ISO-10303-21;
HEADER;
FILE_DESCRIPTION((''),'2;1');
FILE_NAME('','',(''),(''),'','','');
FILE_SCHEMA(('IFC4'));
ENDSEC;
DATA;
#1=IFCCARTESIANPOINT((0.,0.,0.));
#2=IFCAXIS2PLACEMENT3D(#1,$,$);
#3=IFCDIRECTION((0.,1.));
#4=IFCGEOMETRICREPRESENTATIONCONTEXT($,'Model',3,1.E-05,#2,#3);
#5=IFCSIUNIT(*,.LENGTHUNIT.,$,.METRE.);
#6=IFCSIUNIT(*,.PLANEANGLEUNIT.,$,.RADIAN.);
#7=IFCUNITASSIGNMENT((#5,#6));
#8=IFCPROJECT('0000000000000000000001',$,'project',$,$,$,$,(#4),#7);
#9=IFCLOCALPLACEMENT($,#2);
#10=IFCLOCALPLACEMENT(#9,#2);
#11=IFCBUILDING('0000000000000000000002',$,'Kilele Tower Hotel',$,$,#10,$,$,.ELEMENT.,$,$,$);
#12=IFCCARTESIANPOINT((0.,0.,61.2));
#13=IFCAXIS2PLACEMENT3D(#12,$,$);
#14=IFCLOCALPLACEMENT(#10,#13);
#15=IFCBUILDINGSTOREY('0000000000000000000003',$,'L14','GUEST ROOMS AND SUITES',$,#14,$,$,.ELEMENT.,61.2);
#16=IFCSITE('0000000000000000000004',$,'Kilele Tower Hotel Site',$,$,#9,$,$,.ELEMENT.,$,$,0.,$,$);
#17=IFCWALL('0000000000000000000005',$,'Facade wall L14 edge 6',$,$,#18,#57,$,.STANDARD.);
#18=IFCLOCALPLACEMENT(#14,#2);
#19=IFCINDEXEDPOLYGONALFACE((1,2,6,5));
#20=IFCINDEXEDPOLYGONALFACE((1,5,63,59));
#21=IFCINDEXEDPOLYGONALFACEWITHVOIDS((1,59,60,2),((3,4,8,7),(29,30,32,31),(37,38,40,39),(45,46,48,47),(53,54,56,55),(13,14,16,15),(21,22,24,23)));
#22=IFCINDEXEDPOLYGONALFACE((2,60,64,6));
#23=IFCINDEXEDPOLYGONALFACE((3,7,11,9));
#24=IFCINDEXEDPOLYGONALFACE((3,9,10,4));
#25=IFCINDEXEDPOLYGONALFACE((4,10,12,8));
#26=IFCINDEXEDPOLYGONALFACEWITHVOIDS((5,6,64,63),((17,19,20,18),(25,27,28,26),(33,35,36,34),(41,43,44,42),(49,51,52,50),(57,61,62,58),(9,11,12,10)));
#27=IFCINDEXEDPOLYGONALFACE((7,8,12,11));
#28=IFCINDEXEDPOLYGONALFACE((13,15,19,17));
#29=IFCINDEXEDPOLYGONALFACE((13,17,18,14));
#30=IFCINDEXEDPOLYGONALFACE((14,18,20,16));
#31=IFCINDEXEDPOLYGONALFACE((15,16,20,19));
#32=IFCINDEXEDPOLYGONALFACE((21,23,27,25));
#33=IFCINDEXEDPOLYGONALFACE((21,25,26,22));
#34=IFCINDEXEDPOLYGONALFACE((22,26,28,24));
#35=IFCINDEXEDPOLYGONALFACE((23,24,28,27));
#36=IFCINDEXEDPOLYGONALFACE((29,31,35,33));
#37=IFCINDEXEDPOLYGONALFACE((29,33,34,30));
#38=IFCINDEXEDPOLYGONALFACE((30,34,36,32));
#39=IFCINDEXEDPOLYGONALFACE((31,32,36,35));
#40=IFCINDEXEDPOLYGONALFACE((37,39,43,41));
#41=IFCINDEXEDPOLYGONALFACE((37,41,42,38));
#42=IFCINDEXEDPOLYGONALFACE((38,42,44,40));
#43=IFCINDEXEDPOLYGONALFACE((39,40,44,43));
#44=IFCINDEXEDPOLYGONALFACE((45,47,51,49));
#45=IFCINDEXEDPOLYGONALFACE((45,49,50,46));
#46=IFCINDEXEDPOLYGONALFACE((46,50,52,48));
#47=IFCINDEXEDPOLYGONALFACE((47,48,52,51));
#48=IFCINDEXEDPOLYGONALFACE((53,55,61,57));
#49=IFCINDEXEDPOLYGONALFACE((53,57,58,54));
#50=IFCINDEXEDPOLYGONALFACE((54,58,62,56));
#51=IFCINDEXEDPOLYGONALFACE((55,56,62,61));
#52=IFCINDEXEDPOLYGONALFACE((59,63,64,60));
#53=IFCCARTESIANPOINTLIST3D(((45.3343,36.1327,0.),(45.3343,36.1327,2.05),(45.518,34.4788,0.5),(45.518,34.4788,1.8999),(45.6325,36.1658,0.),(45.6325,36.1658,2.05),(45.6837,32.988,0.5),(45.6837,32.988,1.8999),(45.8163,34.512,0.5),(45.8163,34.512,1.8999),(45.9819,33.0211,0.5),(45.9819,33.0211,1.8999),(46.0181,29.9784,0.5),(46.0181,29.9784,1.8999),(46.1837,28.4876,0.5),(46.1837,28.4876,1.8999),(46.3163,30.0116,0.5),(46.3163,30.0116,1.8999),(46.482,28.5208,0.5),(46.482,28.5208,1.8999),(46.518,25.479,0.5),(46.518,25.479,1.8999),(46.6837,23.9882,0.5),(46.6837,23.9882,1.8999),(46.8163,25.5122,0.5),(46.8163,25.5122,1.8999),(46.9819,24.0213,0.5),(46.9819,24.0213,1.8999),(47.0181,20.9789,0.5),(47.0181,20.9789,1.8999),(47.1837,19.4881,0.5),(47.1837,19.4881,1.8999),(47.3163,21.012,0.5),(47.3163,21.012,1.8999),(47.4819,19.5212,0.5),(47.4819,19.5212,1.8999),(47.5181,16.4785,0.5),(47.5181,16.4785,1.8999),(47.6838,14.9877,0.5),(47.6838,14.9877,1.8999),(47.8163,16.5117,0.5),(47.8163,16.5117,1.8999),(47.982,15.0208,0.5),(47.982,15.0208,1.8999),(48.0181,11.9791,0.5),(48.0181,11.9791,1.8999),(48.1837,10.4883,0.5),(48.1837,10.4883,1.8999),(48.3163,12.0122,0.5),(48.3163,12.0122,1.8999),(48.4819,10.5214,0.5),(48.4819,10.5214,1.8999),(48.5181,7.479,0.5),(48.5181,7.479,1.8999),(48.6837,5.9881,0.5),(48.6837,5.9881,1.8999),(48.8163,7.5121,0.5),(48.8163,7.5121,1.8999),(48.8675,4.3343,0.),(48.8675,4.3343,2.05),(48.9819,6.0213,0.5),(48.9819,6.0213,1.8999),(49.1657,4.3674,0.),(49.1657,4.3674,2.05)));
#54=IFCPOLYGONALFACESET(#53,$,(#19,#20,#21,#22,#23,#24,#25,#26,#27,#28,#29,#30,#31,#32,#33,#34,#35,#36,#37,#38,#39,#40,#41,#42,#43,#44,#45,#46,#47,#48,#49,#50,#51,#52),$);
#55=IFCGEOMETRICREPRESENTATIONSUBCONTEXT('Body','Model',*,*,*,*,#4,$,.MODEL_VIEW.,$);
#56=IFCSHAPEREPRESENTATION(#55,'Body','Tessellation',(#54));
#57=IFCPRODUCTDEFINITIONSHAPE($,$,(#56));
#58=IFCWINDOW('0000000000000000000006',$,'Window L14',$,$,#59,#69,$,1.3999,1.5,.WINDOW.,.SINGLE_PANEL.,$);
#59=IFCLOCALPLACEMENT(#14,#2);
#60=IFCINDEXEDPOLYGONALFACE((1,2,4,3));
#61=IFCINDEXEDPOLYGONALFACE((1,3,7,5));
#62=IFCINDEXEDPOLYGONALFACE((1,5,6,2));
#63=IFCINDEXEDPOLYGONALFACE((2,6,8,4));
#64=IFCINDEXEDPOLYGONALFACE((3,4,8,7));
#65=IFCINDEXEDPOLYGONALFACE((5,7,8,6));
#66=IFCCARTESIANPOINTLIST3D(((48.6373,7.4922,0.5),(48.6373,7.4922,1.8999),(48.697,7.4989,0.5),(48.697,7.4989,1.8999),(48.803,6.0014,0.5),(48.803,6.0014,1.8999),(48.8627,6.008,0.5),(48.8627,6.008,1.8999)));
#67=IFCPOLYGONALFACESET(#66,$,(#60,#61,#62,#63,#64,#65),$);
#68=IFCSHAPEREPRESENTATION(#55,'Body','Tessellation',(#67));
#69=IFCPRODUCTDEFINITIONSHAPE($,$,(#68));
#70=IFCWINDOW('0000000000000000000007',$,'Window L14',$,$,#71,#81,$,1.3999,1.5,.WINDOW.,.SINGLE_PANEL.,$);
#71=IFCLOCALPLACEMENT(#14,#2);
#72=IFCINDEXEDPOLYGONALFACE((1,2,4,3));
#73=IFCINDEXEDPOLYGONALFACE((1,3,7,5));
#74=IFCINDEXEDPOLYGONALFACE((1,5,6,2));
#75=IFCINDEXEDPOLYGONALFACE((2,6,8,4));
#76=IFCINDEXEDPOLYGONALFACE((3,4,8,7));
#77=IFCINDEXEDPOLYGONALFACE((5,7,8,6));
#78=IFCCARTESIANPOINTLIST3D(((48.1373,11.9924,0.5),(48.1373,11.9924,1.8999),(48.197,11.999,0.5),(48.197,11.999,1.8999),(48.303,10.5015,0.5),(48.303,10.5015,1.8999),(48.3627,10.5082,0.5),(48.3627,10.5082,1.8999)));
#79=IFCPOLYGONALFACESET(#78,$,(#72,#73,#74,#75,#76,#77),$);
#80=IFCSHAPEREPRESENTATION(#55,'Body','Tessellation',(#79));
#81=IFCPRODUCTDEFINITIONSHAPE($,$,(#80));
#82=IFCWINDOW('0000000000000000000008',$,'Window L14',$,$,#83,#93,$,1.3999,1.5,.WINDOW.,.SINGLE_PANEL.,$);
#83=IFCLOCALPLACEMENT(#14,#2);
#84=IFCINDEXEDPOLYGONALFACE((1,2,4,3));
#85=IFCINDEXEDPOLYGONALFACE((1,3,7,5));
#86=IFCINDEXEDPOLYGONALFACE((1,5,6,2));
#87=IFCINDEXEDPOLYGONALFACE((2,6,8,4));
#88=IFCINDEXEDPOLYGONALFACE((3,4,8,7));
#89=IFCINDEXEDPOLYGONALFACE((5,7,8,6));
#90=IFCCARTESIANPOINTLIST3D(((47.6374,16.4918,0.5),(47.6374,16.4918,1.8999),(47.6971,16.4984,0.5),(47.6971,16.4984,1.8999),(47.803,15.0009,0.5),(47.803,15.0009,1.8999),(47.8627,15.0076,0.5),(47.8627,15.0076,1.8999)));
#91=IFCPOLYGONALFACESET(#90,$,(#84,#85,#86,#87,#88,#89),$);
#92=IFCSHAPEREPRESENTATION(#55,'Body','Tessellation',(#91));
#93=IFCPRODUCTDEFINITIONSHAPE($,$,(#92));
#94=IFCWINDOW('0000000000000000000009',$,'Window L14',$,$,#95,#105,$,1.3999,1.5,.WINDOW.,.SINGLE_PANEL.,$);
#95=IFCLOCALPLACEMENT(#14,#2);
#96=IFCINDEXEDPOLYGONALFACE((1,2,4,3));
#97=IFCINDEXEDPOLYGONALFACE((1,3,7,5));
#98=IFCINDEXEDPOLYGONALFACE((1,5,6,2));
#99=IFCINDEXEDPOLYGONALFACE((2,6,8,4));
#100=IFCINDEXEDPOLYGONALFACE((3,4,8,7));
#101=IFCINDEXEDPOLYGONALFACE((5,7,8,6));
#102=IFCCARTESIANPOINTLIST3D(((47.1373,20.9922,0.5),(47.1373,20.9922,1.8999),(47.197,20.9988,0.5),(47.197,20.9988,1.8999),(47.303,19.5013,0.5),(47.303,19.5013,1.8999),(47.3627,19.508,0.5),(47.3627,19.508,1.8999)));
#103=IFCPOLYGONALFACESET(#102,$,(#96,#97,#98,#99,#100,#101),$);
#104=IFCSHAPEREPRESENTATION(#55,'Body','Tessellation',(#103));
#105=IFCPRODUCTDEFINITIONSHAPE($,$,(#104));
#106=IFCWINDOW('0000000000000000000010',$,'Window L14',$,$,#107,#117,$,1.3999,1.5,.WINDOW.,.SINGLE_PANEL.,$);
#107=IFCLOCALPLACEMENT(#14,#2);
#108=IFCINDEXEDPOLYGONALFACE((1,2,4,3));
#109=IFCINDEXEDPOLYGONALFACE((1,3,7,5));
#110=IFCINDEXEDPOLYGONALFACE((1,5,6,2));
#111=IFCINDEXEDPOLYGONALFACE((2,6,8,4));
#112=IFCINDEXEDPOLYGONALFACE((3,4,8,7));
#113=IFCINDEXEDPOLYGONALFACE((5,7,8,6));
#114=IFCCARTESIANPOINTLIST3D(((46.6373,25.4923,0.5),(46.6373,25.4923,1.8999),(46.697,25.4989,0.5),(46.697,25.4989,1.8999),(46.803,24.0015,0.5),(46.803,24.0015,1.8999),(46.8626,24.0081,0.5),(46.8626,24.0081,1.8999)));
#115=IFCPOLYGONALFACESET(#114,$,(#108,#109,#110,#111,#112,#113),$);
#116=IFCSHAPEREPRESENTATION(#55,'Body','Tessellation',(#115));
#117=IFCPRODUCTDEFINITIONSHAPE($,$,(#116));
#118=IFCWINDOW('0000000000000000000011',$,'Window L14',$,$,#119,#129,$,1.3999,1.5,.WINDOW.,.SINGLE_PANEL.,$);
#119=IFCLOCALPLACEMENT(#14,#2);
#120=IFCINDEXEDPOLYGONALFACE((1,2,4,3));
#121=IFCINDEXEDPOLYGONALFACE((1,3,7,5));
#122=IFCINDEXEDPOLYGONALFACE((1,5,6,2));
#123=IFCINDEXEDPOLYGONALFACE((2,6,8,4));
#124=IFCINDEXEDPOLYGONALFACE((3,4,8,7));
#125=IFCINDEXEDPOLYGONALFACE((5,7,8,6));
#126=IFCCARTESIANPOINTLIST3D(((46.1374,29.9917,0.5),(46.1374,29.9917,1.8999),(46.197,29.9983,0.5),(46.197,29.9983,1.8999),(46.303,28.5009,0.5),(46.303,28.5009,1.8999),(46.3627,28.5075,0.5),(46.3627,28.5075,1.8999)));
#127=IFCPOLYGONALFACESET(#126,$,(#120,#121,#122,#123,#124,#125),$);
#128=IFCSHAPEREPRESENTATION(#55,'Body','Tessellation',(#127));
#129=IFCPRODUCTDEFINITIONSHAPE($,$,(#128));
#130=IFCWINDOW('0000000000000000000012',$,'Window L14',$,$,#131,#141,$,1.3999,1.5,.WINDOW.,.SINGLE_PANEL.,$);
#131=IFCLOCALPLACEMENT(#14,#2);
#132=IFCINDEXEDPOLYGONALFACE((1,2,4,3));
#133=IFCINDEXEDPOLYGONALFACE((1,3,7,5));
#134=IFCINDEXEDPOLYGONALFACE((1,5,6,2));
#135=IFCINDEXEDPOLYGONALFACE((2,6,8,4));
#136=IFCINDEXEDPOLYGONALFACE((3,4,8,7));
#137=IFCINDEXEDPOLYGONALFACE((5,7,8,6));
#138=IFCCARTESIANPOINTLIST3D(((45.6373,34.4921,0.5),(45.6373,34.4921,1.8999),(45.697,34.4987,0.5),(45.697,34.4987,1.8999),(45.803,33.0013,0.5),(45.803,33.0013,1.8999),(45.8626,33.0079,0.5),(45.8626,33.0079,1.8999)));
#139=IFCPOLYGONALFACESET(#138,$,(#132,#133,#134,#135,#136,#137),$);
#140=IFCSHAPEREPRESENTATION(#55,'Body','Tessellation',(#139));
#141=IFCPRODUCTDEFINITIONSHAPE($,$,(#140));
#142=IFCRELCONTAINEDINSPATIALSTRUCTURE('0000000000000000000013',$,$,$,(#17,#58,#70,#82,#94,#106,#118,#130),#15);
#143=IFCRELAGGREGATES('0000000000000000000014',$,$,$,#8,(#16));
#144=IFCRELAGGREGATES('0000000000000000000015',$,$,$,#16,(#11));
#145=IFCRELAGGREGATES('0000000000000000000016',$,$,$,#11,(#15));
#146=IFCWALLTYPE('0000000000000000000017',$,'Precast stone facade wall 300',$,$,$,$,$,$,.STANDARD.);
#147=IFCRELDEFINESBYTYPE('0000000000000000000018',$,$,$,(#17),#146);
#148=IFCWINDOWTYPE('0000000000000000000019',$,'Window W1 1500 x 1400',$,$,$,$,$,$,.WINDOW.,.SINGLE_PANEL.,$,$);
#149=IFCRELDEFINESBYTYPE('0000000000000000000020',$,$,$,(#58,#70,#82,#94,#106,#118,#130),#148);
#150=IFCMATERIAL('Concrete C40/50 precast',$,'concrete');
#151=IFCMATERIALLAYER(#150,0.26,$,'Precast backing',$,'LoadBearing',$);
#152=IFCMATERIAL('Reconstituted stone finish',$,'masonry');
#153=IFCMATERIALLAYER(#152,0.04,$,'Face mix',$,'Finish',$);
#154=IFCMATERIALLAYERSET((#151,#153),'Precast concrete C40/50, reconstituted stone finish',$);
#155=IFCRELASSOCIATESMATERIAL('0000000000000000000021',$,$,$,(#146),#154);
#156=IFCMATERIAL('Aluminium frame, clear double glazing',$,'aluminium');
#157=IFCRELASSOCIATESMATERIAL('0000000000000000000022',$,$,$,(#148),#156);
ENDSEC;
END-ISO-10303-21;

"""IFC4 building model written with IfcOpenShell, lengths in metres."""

from ifc_helpers import new_model, si_unit, direction, frame, frame_2d, origin, place, context, subcontext, project, spatial, rectangle, extrude, material, layer, layer_set, type_object, element, fill, save


model = new_model("IFC4")

# Units and contexts
model_context = context("Model", 3, precision=1e-05, world=origin(), true_north=direction((0.0, 1.0)))
body_context = subcontext(model_context, "Body", "Model", "MODEL_VIEW")
ifc_project = project(units=[si_unit("LENGTHUNIT", "METRE"), si_unit("PLANEANGLEUNIT", "RADIAN")], contexts=[model_context])

# Site, building, storey
site_placement = place(None, origin())
site = spatial("IfcSite", under=ifc_project, at=site_placement, Name="Kilele Tower Hotel Site", CompositionType="ELEMENT", RefElevation=0.0)
building_placement = place(site_placement, origin())
building = spatial("IfcBuilding", under=site, at=building_placement, Name="Kilele Tower Hotel", CompositionType="ELEMENT")
storey_placement = place(building_placement, frame((0.0, 0.0, 61.2)))
storey = spatial("IfcBuildingStorey", under=building, at=storey_placement, Name="L14", Description="GUEST ROOMS AND SUITES", CompositionType="ELEMENT", Elevation=61.2)

# Shared definitions
ifc_material_1 = material(Name="Concrete C40/50 precast", Category="concrete")
ifc_layer_1 = layer(ifc_material_1, 0.26, Name="Precast backing", Category="LoadBearing")
ifc_material_2 = material(Name="Reconstituted stone finish", Category="masonry")
ifc_layer_2 = layer(ifc_material_2, 0.04, Name="Face mix", Category="Finish")
ifc_layer_set_1 = layer_set([ifc_layer_1, ifc_layer_2], Name="Precast concrete C40/50, reconstituted stone finish")
wall_type_1 = type_object("IfcWallType", Name="Precast stone facade wall 300", PredefinedType="STANDARD", material=ifc_layer_set_1)
ifc_material_3 = material(Name="Aluminium frame, clear double glazing", Category="aluminium")
window_type = type_object("IfcWindowType", Name="Window W1 1500 x 1400", PartitioningType="SINGLE_PANEL", PredefinedType="WINDOW", material=ifc_material_3)

# Wall, openings, windows
wall_1_placement = place(storey_placement, frame((49.0166, 4.3508, 0.0), z_axis=(0.0, 0.0, 1.0), x_axis=(-0.110433, 0.993884, 0.0)))
wall_1 = element("IfcWall", 1, at=wall_1_placement, inside=storey, type_object=wall_type_1, Name="Facade wall L14 edge 6", PredefinedType="STANDARD", context=body_context, shape_type="SweptSolid", body=[
    extrude(rectangle(XDim=31.9941, YDim=0.3, at=frame_2d((15.9971, 0.0))), origin(), (0.0, 0.0, 1.0), 2.05),
])
opening_1_placement = place(wall_1_placement, frame((1.6641, 0.0, 0.5)))
opening_1 = element("IfcOpeningElement", 2, at=opening_1_placement, cuts=wall_1, PredefinedType="OPENING", context=body_context, shape_type="SweptSolid", body=[
    extrude(rectangle(XDim=1.5, YDim=1.3999, at=frame_2d((0.75, 0.7))), frame((0.0, 0.1599, 0.0), z_axis=(0.0, -1.0, 0.0), x_axis=(1.0, 0.0, 0.0)), (0.0, 0.0, 1.0), 0.3201),
])
opening_2_placement = place(wall_1_placement, frame((6.1919, 0.0, 0.5)))
opening_2 = element("IfcOpeningElement", 3, at=opening_2_placement, cuts=wall_1, PredefinedType="OPENING", context=body_context, shape_type="SweptSolid", body=[
    extrude(rectangle(XDim=1.5, YDim=1.3999, at=frame_2d((0.75, 0.7))), frame((0.0, 0.1599, 0.0), z_axis=(0.0, -1.0, 0.0), x_axis=(1.0, 0.0, 0.0)), (0.0, 0.0, 1.0), 0.3201),
])
opening_3_placement = place(wall_1_placement, frame((10.719, 0.0, 0.5)))
opening_3 = element("IfcOpeningElement", 4, at=opening_3_placement, cuts=wall_1, PredefinedType="OPENING", context=body_context, shape_type="SweptSolid", body=[
    extrude(rectangle(XDim=1.5, YDim=1.3999, at=frame_2d((0.75, 0.7))), frame((0.0, 0.1599, 0.0), z_axis=(0.0, -1.0, 0.0), x_axis=(1.0, 0.0, 0.0)), (0.0, 0.0, 1.0), 0.3201),
])
opening_4_placement = place(wall_1_placement, frame((15.2471, 0.0, 0.5)))
opening_4 = element("IfcOpeningElement", 5, at=opening_4_placement, cuts=wall_1, PredefinedType="OPENING", context=body_context, shape_type="SweptSolid", body=[
    extrude(rectangle(XDim=1.5, YDim=1.3999, at=frame_2d((0.75, 0.7))), frame((0.0, 0.1599, 0.0), z_axis=(0.0, -1.0, 0.0), x_axis=(1.0, 0.0, 0.0)), (0.0, 0.0, 1.0), 0.3201),
])
opening_5_placement = place(wall_1_placement, frame((19.7749, 0.0, 0.5)))
opening_5 = element("IfcOpeningElement", 6, at=opening_5_placement, cuts=wall_1, PredefinedType="OPENING", context=body_context, shape_type="SweptSolid", body=[
    extrude(rectangle(XDim=1.5, YDim=1.3999, at=frame_2d((0.75, 0.7))), frame((0.0, 0.1599, 0.0), z_axis=(0.0, -1.0, 0.0), x_axis=(1.0, 0.0, 0.0)), (0.0, 0.0, 1.0), 0.3201),
])
opening_6_placement = place(wall_1_placement, frame((24.302, 0.0, 0.5)))
opening_6 = element("IfcOpeningElement", 7, at=opening_6_placement, cuts=wall_1, PredefinedType="OPENING", context=body_context, shape_type="SweptSolid", body=[
    extrude(rectangle(XDim=1.5, YDim=1.3999, at=frame_2d((0.75, 0.7))), frame((0.0, 0.1599, 0.0), z_axis=(0.0, -1.0, 0.0), x_axis=(1.0, 0.0, 0.0)), (0.0, 0.0, 1.0), 0.3201),
])
opening_7_placement = place(wall_1_placement, frame((28.8301, 0.0, 0.5)))
opening_7 = element("IfcOpeningElement", 8, at=opening_7_placement, cuts=wall_1, PredefinedType="OPENING", context=body_context, shape_type="SweptSolid", body=[
    extrude(rectangle(XDim=1.5, YDim=1.3999, at=frame_2d((0.75, 0.7))), frame((0.0, 0.1599, 0.0), z_axis=(0.0, -1.0, 0.0), x_axis=(1.0, 0.0, 0.0)), (0.0, 0.0, 1.0), 0.3201),
])
window_1_placement = place(opening_1_placement, origin())
window_1 = element("IfcWindow", 9, at=window_1_placement, inside=storey, type_object=window_type, Name="Window L14", OverallHeight=1.3999, OverallWidth=1.5, PartitioningType="SINGLE_PANEL", PredefinedType="WINDOW", context=body_context, shape_type="SweptSolid", body=[
    extrude(rectangle(XDim=1.5, YDim=1.3999, at=frame_2d((0.75, 0.7))), frame((0.0, 0.03, 0.0), z_axis=(0.0, -1.0, 0.0), x_axis=(1.0, 0.0, 0.0)), (0.0, 0.0, 1.0), 0.0601),
])
fill(opening_1, window_1)
window_2_placement = place(opening_2_placement, origin())
window_2 = element("IfcWindow", 10, at=window_2_placement, inside=storey, type_object=window_type, Name="Window L14", OverallHeight=1.3999, OverallWidth=1.5, PartitioningType="SINGLE_PANEL", PredefinedType="WINDOW", context=body_context, shape_type="SweptSolid", body=[
    extrude(rectangle(XDim=1.5, YDim=1.3999, at=frame_2d((0.75, 0.7))), frame((0.0, 0.03, 0.0), z_axis=(0.0, -1.0, 0.0), x_axis=(1.0, 0.0, 0.0)), (0.0, 0.0, 1.0), 0.0601),
])
fill(opening_2, window_2)
window_3_placement = place(opening_3_placement, origin())
window_3 = element("IfcWindow", 11, at=window_3_placement, inside=storey, type_object=window_type, Name="Window L14", OverallHeight=1.3999, OverallWidth=1.5, PartitioningType="SINGLE_PANEL", PredefinedType="WINDOW", context=body_context, shape_type="SweptSolid", body=[
    extrude(rectangle(XDim=1.5, YDim=1.3999, at=frame_2d((0.75, 0.7))), frame((0.0, 0.03, 0.0), z_axis=(0.0, -1.0, 0.0), x_axis=(1.0, 0.0, 0.0)), (0.0, 0.0, 1.0), 0.0601),
])
fill(opening_3, window_3)
window_4_placement = place(opening_4_placement, origin())
window_4 = element("IfcWindow", 12, at=window_4_placement, inside=storey, type_object=window_type, Name="Window L14", OverallHeight=1.3999, OverallWidth=1.5, PartitioningType="SINGLE_PANEL", PredefinedType="WINDOW", context=body_context, shape_type="SweptSolid", body=[
    extrude(rectangle(XDim=1.5, YDim=1.3999, at=frame_2d((0.75, 0.7))), frame((0.0, 0.03, 0.0), z_axis=(0.0, -1.0, 0.0), x_axis=(1.0, 0.0, 0.0)), (0.0, 0.0, 1.0), 0.0601),
])
fill(opening_4, window_4)
window_5_placement = place(opening_5_placement, origin())
window_5 = element("IfcWindow", 13, at=window_5_placement, inside=storey, type_object=window_type, Name="Window L14", OverallHeight=1.3999, OverallWidth=1.5, PartitioningType="SINGLE_PANEL", PredefinedType="WINDOW", context=body_context, shape_type="SweptSolid", body=[
    extrude(rectangle(XDim=1.5, YDim=1.3999, at=frame_2d((0.75, 0.7))), frame((0.0, 0.03, 0.0), z_axis=(0.0, -1.0, 0.0), x_axis=(1.0, 0.0, 0.0)), (0.0, 0.0, 1.0), 0.0601),
])
fill(opening_5, window_5)
window_6_placement = place(opening_6_placement, origin())
window_6 = element("IfcWindow", 14, at=window_6_placement, inside=storey, type_object=window_type, Name="Window L14", OverallHeight=1.3999, OverallWidth=1.5, PartitioningType="SINGLE_PANEL", PredefinedType="WINDOW", context=body_context, shape_type="SweptSolid", body=[
    extrude(rectangle(XDim=1.5, YDim=1.3999, at=frame_2d((0.75, 0.7))), frame((0.0, 0.03, 0.0), z_axis=(0.0, -1.0, 0.0), x_axis=(1.0, 0.0, 0.0)), (0.0, 0.0, 1.0), 0.0601),
])
fill(opening_6, window_6)
window_7_placement = place(opening_7_placement, origin())
window_7 = element("IfcWindow", 15, at=window_7_placement, inside=storey, type_object=window_type, Name="Window L14", OverallHeight=1.3999, OverallWidth=1.5, PartitioningType="SINGLE_PANEL", PredefinedType="WINDOW", context=body_context, shape_type="SweptSolid", body=[
    extrude(rectangle(XDim=1.5, YDim=1.3999, at=frame_2d((0.75, 0.7))), frame((0.0, 0.03, 0.0), z_axis=(0.0, -1.0, 0.0), x_axis=(1.0, 0.0, 0.0)), (0.0, 0.0, 1.0), 0.0601),
])
fill(opening_7, window_7)

save(model, "model.ifc")
